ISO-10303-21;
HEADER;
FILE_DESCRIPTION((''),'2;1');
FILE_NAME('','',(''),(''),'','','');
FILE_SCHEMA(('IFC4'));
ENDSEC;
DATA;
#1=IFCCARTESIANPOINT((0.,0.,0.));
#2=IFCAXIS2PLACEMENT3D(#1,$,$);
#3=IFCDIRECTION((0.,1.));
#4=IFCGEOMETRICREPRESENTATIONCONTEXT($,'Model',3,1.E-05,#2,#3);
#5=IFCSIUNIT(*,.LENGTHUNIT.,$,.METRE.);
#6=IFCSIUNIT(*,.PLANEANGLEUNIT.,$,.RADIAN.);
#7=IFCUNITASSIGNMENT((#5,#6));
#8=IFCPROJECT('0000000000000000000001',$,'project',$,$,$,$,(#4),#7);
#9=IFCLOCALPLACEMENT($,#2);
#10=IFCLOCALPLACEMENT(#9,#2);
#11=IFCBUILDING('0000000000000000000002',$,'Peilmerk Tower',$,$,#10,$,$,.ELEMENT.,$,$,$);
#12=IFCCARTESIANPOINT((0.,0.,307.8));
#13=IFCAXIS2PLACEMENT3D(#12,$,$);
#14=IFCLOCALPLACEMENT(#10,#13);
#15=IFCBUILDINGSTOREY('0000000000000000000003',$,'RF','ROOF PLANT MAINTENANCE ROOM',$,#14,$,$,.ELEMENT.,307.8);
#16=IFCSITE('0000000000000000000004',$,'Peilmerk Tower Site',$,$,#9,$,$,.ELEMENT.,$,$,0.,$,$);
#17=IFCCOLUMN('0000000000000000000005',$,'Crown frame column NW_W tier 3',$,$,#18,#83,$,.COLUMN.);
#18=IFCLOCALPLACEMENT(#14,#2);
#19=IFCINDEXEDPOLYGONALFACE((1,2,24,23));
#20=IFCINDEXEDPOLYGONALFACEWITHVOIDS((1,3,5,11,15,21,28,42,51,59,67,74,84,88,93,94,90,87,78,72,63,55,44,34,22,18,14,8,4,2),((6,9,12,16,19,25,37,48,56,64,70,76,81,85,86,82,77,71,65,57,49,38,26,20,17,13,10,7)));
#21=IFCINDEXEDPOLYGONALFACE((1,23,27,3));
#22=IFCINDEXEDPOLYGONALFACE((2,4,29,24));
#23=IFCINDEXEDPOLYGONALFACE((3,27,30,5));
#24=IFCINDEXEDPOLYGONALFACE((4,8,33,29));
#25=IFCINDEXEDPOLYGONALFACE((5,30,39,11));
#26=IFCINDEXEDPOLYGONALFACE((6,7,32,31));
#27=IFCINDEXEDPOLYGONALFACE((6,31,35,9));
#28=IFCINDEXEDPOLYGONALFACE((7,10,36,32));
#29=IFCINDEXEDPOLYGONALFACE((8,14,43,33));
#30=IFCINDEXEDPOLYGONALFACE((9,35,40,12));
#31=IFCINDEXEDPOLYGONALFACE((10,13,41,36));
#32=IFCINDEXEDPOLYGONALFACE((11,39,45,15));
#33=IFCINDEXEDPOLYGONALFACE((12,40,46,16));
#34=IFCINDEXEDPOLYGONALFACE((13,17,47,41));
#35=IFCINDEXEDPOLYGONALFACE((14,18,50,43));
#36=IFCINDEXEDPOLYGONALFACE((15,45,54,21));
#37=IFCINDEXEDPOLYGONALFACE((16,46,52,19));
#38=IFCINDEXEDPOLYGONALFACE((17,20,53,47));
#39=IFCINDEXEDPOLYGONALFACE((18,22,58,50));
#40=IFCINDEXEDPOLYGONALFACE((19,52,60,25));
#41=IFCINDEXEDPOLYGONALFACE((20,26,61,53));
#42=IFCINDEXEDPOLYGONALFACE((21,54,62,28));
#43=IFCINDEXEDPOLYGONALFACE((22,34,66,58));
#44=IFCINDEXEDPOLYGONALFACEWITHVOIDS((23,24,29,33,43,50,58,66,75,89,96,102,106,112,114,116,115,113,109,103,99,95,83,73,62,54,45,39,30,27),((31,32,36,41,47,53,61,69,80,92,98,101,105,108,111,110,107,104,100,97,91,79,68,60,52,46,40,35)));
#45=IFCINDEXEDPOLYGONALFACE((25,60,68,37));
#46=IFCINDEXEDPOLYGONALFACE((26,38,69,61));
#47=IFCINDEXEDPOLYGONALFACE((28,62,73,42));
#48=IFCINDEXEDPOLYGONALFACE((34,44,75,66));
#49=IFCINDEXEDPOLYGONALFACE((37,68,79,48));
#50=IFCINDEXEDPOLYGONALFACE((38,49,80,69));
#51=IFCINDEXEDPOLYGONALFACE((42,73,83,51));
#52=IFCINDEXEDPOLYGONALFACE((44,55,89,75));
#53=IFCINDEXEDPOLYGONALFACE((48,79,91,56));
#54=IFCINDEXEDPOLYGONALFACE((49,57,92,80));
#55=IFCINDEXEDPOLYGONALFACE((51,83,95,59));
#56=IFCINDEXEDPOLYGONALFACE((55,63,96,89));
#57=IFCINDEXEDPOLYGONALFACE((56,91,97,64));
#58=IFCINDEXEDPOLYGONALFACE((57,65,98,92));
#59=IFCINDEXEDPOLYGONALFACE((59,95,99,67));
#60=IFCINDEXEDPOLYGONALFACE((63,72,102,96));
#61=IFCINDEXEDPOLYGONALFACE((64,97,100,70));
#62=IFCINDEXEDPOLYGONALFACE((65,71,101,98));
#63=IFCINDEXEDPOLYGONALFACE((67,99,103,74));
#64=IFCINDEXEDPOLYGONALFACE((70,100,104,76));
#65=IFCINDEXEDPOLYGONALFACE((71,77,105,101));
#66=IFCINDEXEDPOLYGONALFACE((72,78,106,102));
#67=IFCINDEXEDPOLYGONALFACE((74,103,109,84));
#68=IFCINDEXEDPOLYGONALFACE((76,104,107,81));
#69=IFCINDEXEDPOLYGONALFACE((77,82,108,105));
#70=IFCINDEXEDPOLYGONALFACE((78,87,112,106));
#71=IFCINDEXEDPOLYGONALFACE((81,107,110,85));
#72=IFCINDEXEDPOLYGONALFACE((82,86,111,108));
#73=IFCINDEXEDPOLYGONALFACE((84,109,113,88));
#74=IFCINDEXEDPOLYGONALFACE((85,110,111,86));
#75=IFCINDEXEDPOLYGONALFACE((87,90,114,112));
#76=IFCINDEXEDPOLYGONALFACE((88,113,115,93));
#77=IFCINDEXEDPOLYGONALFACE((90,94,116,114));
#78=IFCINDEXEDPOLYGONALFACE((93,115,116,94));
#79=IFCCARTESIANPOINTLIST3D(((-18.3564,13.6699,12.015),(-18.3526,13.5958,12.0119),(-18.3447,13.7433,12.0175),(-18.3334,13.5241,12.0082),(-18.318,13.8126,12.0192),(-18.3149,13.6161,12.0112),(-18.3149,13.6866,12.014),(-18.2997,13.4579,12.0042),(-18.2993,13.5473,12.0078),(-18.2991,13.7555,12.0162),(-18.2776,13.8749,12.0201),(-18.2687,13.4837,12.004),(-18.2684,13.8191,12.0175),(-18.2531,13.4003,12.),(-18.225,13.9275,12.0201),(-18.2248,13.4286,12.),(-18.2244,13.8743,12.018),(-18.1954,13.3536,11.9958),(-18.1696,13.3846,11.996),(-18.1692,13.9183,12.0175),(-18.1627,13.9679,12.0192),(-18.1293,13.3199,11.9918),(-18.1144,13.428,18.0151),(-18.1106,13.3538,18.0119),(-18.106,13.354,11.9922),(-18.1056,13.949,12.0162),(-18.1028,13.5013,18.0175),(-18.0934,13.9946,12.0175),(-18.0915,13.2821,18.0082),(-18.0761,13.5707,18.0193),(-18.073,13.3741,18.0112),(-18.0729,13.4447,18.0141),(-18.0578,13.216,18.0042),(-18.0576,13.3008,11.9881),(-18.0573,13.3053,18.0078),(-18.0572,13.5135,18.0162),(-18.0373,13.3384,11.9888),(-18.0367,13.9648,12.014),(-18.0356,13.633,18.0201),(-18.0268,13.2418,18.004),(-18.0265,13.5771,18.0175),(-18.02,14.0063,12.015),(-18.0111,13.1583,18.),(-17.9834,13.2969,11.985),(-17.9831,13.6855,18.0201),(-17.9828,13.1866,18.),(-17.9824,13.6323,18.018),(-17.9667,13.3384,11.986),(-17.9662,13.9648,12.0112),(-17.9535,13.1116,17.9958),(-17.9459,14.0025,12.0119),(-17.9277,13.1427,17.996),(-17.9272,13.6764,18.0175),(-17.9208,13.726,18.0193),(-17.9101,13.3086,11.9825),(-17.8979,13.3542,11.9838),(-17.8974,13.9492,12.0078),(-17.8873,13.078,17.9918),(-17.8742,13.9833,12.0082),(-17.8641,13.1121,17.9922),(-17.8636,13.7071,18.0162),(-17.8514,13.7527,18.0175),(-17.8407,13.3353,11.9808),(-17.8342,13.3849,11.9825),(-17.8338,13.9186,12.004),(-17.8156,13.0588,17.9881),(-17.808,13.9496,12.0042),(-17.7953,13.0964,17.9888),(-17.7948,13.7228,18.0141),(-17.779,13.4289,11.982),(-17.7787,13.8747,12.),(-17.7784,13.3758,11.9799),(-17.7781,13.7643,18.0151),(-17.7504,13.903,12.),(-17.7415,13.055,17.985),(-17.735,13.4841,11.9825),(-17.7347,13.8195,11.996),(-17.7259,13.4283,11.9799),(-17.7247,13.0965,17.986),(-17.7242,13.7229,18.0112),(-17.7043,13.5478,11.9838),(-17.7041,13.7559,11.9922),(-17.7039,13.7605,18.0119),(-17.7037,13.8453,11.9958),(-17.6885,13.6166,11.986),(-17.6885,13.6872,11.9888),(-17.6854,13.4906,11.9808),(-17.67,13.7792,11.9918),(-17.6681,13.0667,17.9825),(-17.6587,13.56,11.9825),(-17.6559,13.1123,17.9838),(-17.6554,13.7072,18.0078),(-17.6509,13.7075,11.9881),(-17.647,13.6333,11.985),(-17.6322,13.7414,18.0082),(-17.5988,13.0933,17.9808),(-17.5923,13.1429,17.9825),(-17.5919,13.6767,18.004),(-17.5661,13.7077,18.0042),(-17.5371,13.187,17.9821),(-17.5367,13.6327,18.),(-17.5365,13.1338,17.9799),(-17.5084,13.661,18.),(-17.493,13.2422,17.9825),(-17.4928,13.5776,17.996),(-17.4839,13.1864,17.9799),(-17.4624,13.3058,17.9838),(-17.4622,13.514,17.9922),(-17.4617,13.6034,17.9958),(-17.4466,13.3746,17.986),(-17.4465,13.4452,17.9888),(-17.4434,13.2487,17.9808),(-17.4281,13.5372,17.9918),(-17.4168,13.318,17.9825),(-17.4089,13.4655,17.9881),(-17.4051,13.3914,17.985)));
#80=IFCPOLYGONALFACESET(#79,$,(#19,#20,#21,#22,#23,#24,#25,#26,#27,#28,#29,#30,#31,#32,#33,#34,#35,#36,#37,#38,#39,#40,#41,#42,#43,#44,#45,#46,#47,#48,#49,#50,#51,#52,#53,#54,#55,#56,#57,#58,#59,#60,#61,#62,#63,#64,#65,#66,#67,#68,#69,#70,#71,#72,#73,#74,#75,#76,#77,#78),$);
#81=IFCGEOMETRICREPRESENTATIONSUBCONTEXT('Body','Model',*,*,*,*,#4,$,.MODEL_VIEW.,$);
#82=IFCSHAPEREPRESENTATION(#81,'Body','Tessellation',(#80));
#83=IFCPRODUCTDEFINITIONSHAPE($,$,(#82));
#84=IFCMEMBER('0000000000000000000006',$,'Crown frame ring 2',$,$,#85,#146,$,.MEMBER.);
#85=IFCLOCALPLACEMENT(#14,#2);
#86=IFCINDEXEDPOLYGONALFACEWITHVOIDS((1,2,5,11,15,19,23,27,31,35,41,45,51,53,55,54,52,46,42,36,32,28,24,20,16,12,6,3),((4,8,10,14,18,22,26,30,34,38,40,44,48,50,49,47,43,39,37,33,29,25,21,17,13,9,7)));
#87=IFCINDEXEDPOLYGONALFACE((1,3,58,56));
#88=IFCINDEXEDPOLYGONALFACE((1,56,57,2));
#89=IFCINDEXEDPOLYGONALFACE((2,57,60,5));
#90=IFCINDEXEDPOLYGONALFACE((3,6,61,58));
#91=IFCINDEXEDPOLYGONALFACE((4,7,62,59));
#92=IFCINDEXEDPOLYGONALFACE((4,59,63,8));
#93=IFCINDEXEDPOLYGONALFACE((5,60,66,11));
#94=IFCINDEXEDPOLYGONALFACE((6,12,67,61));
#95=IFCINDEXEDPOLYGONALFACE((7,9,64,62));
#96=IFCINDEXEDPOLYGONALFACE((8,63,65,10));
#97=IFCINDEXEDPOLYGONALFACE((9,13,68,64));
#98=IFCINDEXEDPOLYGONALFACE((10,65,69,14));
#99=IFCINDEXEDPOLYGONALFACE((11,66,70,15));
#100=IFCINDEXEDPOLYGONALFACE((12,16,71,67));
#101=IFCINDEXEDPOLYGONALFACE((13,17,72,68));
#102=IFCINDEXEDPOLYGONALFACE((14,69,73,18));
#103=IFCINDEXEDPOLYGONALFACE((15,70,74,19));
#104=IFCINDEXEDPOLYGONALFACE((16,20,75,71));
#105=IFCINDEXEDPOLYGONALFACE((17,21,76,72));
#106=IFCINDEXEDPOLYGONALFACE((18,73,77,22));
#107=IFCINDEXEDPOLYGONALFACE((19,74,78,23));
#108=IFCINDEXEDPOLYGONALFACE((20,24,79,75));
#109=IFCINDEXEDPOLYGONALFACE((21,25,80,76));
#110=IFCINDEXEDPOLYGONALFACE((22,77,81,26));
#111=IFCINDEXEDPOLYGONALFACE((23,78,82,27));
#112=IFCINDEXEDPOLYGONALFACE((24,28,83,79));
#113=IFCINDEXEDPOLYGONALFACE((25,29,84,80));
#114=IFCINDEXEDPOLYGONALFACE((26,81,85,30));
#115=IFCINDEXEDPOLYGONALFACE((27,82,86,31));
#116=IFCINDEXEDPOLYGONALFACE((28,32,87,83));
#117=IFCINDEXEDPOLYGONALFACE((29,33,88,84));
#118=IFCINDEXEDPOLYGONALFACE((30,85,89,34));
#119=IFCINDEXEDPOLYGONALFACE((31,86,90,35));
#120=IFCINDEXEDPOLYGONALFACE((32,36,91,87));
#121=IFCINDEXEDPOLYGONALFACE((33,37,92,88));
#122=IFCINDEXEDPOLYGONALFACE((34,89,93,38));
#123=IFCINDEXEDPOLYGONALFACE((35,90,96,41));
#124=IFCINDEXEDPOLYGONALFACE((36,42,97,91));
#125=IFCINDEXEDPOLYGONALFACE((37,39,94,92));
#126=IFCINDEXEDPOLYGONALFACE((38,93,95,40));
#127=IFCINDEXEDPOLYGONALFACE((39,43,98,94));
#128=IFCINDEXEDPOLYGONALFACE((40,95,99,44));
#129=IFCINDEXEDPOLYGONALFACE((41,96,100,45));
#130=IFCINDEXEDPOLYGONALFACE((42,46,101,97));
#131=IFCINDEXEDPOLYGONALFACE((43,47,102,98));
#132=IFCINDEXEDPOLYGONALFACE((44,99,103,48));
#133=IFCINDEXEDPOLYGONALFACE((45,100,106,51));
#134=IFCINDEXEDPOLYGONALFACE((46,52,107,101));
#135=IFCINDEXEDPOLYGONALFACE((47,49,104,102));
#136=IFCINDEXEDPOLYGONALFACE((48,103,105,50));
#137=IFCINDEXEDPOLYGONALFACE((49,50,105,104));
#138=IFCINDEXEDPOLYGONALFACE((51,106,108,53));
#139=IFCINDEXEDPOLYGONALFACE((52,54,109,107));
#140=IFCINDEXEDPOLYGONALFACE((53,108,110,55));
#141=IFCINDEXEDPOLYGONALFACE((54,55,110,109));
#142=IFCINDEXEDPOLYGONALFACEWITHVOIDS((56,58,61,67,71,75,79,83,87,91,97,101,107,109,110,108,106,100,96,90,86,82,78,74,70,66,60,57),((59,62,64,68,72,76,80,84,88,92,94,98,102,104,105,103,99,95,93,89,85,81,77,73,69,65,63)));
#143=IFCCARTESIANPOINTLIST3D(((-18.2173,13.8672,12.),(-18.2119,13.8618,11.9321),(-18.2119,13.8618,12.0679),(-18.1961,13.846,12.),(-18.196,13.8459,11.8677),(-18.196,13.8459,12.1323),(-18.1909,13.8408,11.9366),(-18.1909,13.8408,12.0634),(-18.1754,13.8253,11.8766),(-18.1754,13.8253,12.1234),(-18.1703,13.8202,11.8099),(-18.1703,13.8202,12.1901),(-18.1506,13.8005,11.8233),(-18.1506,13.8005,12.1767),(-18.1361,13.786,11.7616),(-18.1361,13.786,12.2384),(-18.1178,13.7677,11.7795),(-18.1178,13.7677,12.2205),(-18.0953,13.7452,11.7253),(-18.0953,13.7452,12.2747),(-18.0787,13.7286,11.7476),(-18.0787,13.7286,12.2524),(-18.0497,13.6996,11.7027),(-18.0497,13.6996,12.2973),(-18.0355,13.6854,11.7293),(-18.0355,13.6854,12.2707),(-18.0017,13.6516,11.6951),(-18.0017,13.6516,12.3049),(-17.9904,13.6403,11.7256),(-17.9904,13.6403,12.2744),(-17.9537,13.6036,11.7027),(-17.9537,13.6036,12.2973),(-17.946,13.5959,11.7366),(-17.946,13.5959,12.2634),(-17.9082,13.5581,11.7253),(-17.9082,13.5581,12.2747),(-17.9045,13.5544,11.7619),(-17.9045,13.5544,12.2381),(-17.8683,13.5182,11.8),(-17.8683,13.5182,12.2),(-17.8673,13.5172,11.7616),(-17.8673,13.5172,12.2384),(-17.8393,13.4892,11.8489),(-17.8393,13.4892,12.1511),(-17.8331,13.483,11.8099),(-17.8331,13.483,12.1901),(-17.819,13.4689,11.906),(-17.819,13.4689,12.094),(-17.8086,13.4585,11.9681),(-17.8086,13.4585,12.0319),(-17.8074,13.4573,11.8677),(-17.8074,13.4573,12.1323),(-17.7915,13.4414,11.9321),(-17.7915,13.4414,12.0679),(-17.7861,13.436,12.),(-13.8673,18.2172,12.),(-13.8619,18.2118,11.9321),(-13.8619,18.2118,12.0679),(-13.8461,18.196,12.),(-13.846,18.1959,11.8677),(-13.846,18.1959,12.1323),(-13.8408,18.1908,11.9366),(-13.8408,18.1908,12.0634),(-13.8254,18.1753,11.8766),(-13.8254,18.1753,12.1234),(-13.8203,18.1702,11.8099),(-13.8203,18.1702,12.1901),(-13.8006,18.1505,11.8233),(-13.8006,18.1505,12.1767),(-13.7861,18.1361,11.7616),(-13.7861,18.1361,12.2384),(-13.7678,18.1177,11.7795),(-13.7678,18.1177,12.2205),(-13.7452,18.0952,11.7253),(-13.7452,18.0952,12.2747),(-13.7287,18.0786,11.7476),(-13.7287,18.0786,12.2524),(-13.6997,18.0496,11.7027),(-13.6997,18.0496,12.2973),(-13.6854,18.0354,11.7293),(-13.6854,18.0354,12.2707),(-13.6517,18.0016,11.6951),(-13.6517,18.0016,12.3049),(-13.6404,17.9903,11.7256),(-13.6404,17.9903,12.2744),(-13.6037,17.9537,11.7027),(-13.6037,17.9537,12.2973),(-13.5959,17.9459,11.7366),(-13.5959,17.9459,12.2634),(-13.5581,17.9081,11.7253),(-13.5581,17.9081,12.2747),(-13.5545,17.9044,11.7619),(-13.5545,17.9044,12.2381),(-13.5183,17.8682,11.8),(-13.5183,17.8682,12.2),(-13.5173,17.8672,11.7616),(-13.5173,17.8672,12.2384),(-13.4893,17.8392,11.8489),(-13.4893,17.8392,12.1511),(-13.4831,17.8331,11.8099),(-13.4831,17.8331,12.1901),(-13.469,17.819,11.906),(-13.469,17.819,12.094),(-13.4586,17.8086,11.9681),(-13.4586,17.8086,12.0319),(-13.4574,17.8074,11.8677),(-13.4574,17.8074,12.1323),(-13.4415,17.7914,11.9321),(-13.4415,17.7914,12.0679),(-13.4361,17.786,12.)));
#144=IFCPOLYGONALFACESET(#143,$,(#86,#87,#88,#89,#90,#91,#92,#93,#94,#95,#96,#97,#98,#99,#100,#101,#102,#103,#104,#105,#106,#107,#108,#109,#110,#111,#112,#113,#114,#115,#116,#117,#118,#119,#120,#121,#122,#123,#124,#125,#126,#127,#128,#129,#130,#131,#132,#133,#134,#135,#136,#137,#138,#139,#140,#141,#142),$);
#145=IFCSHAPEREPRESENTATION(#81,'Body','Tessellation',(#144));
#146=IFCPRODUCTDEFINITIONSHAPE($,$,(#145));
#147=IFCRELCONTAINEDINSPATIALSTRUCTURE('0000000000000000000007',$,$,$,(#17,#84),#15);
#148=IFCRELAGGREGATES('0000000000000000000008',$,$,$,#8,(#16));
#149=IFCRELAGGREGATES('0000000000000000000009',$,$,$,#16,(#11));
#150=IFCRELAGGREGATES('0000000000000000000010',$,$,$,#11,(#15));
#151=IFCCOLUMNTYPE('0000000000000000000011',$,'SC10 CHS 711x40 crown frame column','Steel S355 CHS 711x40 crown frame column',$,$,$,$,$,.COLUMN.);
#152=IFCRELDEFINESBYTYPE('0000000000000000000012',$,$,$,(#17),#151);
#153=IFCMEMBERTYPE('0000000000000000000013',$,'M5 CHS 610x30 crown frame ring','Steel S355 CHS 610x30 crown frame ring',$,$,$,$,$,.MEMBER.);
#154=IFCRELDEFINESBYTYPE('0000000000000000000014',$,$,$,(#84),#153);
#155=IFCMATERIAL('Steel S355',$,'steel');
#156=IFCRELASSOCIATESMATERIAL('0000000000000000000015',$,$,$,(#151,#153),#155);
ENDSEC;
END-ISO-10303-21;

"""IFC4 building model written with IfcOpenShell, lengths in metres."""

from ifc_helpers import new_model, si_unit, direction, frame, origin, origin_2d, place, context, subcontext, project, spatial, hollow_circle, extrude, material, material_profile, profile_set, type_object, element, save


model = new_model("IFC4")

# Units and contexts
model_context = context("Model", 3, precision=1e-05, world=origin(), true_north=direction((0.0, 1.0)))
body_context = subcontext(model_context, "Body", "Model", "MODEL_VIEW")
ifc_project = project(units=[si_unit("LENGTHUNIT", "METRE"), si_unit("PLANEANGLEUNIT", "RADIAN")], contexts=[model_context])

# Site, building, storey
site_placement = place(None, origin())
site = spatial("IfcSite", under=ifc_project, at=site_placement, Name="Peilmerk Tower Site", CompositionType="ELEMENT", RefElevation=0.0)
building_placement = place(site_placement, origin())
building = spatial("IfcBuilding", under=site, at=building_placement, Name="Peilmerk Tower", CompositionType="ELEMENT")
storey_placement = place(building_placement, frame((0.0, 0.0, 307.8)))
storey = spatial("IfcBuildingStorey", under=building, at=storey_placement, Name="RF", Description="ROOF PLANT MAINTENANCE ROOM", CompositionType="ELEMENT", Elevation=307.8)

# Column
ifc_material_1 = material(Name="Steel S355", Category="steel")
ifc_material_profile_1 = material_profile(ifc_material_1, hollow_circle(Radius=0.3555, WallThickness=0.04, at=origin_2d()), Name="CHS 711x40")
ifc_profile_set_1 = profile_set([ifc_material_profile_1], Name="Steel S355")
column_type = type_object("IfcColumnType", Name="SC10 CHS 711x40 crown frame column", Description="Steel S355 CHS 711x40 crown frame column", PredefinedType="COLUMN", material=ifc_profile_set_1)
column_placement = place(storey_placement, frame((-18.0017, 13.6516, 12.0), z_axis=(0.040258, -0.040258, 0.998378), x_axis=(0.707107, 0.707107, 0.0)))
element("IfcColumn", 1, at=column_placement, inside=storey, type_object=column_type, Name="Crown frame column NW_W tier 3", PredefinedType="COLUMN", context=body_context, shape_type="SweptSolid", body=[
    extrude(hollow_circle(Radius=0.3555, WallThickness=0.04, at=origin_2d()), origin(), (0.0, 0.0, 1.0), 6.0098),
])

# Member
ifc_material_profile_2 = material_profile(ifc_material_1, hollow_circle(Radius=0.3049, WallThickness=0.03, at=origin_2d()), Name="CHS 610x30")
ifc_profile_set_2 = profile_set([ifc_material_profile_2], Name="Steel S355")
member_type_1 = type_object("IfcMemberType", Name="M5 CHS 610x30 crown frame ring", Description="Steel S355 CHS 610x30 crown frame ring", PredefinedType="MEMBER", material=ifc_profile_set_2)
member_1_placement = place(storey_placement, frame((-18.0017, 13.6516, 12.0), z_axis=(0.707107, 0.707107, 0.0), x_axis=(-0.707107, 0.707107, 0.0)))
element("IfcMember", 2, at=member_1_placement, inside=storey, type_object=member_type_1, Name="Crown frame ring 2", PredefinedType="MEMBER", context=body_context, shape_type="SweptSolid", body=[
    extrude(hollow_circle(Radius=0.3049, WallThickness=0.03, at=origin_2d()), origin(), (0.0, 0.0, 1.0), 6.1519),
])

save(model, "model.ifc")
